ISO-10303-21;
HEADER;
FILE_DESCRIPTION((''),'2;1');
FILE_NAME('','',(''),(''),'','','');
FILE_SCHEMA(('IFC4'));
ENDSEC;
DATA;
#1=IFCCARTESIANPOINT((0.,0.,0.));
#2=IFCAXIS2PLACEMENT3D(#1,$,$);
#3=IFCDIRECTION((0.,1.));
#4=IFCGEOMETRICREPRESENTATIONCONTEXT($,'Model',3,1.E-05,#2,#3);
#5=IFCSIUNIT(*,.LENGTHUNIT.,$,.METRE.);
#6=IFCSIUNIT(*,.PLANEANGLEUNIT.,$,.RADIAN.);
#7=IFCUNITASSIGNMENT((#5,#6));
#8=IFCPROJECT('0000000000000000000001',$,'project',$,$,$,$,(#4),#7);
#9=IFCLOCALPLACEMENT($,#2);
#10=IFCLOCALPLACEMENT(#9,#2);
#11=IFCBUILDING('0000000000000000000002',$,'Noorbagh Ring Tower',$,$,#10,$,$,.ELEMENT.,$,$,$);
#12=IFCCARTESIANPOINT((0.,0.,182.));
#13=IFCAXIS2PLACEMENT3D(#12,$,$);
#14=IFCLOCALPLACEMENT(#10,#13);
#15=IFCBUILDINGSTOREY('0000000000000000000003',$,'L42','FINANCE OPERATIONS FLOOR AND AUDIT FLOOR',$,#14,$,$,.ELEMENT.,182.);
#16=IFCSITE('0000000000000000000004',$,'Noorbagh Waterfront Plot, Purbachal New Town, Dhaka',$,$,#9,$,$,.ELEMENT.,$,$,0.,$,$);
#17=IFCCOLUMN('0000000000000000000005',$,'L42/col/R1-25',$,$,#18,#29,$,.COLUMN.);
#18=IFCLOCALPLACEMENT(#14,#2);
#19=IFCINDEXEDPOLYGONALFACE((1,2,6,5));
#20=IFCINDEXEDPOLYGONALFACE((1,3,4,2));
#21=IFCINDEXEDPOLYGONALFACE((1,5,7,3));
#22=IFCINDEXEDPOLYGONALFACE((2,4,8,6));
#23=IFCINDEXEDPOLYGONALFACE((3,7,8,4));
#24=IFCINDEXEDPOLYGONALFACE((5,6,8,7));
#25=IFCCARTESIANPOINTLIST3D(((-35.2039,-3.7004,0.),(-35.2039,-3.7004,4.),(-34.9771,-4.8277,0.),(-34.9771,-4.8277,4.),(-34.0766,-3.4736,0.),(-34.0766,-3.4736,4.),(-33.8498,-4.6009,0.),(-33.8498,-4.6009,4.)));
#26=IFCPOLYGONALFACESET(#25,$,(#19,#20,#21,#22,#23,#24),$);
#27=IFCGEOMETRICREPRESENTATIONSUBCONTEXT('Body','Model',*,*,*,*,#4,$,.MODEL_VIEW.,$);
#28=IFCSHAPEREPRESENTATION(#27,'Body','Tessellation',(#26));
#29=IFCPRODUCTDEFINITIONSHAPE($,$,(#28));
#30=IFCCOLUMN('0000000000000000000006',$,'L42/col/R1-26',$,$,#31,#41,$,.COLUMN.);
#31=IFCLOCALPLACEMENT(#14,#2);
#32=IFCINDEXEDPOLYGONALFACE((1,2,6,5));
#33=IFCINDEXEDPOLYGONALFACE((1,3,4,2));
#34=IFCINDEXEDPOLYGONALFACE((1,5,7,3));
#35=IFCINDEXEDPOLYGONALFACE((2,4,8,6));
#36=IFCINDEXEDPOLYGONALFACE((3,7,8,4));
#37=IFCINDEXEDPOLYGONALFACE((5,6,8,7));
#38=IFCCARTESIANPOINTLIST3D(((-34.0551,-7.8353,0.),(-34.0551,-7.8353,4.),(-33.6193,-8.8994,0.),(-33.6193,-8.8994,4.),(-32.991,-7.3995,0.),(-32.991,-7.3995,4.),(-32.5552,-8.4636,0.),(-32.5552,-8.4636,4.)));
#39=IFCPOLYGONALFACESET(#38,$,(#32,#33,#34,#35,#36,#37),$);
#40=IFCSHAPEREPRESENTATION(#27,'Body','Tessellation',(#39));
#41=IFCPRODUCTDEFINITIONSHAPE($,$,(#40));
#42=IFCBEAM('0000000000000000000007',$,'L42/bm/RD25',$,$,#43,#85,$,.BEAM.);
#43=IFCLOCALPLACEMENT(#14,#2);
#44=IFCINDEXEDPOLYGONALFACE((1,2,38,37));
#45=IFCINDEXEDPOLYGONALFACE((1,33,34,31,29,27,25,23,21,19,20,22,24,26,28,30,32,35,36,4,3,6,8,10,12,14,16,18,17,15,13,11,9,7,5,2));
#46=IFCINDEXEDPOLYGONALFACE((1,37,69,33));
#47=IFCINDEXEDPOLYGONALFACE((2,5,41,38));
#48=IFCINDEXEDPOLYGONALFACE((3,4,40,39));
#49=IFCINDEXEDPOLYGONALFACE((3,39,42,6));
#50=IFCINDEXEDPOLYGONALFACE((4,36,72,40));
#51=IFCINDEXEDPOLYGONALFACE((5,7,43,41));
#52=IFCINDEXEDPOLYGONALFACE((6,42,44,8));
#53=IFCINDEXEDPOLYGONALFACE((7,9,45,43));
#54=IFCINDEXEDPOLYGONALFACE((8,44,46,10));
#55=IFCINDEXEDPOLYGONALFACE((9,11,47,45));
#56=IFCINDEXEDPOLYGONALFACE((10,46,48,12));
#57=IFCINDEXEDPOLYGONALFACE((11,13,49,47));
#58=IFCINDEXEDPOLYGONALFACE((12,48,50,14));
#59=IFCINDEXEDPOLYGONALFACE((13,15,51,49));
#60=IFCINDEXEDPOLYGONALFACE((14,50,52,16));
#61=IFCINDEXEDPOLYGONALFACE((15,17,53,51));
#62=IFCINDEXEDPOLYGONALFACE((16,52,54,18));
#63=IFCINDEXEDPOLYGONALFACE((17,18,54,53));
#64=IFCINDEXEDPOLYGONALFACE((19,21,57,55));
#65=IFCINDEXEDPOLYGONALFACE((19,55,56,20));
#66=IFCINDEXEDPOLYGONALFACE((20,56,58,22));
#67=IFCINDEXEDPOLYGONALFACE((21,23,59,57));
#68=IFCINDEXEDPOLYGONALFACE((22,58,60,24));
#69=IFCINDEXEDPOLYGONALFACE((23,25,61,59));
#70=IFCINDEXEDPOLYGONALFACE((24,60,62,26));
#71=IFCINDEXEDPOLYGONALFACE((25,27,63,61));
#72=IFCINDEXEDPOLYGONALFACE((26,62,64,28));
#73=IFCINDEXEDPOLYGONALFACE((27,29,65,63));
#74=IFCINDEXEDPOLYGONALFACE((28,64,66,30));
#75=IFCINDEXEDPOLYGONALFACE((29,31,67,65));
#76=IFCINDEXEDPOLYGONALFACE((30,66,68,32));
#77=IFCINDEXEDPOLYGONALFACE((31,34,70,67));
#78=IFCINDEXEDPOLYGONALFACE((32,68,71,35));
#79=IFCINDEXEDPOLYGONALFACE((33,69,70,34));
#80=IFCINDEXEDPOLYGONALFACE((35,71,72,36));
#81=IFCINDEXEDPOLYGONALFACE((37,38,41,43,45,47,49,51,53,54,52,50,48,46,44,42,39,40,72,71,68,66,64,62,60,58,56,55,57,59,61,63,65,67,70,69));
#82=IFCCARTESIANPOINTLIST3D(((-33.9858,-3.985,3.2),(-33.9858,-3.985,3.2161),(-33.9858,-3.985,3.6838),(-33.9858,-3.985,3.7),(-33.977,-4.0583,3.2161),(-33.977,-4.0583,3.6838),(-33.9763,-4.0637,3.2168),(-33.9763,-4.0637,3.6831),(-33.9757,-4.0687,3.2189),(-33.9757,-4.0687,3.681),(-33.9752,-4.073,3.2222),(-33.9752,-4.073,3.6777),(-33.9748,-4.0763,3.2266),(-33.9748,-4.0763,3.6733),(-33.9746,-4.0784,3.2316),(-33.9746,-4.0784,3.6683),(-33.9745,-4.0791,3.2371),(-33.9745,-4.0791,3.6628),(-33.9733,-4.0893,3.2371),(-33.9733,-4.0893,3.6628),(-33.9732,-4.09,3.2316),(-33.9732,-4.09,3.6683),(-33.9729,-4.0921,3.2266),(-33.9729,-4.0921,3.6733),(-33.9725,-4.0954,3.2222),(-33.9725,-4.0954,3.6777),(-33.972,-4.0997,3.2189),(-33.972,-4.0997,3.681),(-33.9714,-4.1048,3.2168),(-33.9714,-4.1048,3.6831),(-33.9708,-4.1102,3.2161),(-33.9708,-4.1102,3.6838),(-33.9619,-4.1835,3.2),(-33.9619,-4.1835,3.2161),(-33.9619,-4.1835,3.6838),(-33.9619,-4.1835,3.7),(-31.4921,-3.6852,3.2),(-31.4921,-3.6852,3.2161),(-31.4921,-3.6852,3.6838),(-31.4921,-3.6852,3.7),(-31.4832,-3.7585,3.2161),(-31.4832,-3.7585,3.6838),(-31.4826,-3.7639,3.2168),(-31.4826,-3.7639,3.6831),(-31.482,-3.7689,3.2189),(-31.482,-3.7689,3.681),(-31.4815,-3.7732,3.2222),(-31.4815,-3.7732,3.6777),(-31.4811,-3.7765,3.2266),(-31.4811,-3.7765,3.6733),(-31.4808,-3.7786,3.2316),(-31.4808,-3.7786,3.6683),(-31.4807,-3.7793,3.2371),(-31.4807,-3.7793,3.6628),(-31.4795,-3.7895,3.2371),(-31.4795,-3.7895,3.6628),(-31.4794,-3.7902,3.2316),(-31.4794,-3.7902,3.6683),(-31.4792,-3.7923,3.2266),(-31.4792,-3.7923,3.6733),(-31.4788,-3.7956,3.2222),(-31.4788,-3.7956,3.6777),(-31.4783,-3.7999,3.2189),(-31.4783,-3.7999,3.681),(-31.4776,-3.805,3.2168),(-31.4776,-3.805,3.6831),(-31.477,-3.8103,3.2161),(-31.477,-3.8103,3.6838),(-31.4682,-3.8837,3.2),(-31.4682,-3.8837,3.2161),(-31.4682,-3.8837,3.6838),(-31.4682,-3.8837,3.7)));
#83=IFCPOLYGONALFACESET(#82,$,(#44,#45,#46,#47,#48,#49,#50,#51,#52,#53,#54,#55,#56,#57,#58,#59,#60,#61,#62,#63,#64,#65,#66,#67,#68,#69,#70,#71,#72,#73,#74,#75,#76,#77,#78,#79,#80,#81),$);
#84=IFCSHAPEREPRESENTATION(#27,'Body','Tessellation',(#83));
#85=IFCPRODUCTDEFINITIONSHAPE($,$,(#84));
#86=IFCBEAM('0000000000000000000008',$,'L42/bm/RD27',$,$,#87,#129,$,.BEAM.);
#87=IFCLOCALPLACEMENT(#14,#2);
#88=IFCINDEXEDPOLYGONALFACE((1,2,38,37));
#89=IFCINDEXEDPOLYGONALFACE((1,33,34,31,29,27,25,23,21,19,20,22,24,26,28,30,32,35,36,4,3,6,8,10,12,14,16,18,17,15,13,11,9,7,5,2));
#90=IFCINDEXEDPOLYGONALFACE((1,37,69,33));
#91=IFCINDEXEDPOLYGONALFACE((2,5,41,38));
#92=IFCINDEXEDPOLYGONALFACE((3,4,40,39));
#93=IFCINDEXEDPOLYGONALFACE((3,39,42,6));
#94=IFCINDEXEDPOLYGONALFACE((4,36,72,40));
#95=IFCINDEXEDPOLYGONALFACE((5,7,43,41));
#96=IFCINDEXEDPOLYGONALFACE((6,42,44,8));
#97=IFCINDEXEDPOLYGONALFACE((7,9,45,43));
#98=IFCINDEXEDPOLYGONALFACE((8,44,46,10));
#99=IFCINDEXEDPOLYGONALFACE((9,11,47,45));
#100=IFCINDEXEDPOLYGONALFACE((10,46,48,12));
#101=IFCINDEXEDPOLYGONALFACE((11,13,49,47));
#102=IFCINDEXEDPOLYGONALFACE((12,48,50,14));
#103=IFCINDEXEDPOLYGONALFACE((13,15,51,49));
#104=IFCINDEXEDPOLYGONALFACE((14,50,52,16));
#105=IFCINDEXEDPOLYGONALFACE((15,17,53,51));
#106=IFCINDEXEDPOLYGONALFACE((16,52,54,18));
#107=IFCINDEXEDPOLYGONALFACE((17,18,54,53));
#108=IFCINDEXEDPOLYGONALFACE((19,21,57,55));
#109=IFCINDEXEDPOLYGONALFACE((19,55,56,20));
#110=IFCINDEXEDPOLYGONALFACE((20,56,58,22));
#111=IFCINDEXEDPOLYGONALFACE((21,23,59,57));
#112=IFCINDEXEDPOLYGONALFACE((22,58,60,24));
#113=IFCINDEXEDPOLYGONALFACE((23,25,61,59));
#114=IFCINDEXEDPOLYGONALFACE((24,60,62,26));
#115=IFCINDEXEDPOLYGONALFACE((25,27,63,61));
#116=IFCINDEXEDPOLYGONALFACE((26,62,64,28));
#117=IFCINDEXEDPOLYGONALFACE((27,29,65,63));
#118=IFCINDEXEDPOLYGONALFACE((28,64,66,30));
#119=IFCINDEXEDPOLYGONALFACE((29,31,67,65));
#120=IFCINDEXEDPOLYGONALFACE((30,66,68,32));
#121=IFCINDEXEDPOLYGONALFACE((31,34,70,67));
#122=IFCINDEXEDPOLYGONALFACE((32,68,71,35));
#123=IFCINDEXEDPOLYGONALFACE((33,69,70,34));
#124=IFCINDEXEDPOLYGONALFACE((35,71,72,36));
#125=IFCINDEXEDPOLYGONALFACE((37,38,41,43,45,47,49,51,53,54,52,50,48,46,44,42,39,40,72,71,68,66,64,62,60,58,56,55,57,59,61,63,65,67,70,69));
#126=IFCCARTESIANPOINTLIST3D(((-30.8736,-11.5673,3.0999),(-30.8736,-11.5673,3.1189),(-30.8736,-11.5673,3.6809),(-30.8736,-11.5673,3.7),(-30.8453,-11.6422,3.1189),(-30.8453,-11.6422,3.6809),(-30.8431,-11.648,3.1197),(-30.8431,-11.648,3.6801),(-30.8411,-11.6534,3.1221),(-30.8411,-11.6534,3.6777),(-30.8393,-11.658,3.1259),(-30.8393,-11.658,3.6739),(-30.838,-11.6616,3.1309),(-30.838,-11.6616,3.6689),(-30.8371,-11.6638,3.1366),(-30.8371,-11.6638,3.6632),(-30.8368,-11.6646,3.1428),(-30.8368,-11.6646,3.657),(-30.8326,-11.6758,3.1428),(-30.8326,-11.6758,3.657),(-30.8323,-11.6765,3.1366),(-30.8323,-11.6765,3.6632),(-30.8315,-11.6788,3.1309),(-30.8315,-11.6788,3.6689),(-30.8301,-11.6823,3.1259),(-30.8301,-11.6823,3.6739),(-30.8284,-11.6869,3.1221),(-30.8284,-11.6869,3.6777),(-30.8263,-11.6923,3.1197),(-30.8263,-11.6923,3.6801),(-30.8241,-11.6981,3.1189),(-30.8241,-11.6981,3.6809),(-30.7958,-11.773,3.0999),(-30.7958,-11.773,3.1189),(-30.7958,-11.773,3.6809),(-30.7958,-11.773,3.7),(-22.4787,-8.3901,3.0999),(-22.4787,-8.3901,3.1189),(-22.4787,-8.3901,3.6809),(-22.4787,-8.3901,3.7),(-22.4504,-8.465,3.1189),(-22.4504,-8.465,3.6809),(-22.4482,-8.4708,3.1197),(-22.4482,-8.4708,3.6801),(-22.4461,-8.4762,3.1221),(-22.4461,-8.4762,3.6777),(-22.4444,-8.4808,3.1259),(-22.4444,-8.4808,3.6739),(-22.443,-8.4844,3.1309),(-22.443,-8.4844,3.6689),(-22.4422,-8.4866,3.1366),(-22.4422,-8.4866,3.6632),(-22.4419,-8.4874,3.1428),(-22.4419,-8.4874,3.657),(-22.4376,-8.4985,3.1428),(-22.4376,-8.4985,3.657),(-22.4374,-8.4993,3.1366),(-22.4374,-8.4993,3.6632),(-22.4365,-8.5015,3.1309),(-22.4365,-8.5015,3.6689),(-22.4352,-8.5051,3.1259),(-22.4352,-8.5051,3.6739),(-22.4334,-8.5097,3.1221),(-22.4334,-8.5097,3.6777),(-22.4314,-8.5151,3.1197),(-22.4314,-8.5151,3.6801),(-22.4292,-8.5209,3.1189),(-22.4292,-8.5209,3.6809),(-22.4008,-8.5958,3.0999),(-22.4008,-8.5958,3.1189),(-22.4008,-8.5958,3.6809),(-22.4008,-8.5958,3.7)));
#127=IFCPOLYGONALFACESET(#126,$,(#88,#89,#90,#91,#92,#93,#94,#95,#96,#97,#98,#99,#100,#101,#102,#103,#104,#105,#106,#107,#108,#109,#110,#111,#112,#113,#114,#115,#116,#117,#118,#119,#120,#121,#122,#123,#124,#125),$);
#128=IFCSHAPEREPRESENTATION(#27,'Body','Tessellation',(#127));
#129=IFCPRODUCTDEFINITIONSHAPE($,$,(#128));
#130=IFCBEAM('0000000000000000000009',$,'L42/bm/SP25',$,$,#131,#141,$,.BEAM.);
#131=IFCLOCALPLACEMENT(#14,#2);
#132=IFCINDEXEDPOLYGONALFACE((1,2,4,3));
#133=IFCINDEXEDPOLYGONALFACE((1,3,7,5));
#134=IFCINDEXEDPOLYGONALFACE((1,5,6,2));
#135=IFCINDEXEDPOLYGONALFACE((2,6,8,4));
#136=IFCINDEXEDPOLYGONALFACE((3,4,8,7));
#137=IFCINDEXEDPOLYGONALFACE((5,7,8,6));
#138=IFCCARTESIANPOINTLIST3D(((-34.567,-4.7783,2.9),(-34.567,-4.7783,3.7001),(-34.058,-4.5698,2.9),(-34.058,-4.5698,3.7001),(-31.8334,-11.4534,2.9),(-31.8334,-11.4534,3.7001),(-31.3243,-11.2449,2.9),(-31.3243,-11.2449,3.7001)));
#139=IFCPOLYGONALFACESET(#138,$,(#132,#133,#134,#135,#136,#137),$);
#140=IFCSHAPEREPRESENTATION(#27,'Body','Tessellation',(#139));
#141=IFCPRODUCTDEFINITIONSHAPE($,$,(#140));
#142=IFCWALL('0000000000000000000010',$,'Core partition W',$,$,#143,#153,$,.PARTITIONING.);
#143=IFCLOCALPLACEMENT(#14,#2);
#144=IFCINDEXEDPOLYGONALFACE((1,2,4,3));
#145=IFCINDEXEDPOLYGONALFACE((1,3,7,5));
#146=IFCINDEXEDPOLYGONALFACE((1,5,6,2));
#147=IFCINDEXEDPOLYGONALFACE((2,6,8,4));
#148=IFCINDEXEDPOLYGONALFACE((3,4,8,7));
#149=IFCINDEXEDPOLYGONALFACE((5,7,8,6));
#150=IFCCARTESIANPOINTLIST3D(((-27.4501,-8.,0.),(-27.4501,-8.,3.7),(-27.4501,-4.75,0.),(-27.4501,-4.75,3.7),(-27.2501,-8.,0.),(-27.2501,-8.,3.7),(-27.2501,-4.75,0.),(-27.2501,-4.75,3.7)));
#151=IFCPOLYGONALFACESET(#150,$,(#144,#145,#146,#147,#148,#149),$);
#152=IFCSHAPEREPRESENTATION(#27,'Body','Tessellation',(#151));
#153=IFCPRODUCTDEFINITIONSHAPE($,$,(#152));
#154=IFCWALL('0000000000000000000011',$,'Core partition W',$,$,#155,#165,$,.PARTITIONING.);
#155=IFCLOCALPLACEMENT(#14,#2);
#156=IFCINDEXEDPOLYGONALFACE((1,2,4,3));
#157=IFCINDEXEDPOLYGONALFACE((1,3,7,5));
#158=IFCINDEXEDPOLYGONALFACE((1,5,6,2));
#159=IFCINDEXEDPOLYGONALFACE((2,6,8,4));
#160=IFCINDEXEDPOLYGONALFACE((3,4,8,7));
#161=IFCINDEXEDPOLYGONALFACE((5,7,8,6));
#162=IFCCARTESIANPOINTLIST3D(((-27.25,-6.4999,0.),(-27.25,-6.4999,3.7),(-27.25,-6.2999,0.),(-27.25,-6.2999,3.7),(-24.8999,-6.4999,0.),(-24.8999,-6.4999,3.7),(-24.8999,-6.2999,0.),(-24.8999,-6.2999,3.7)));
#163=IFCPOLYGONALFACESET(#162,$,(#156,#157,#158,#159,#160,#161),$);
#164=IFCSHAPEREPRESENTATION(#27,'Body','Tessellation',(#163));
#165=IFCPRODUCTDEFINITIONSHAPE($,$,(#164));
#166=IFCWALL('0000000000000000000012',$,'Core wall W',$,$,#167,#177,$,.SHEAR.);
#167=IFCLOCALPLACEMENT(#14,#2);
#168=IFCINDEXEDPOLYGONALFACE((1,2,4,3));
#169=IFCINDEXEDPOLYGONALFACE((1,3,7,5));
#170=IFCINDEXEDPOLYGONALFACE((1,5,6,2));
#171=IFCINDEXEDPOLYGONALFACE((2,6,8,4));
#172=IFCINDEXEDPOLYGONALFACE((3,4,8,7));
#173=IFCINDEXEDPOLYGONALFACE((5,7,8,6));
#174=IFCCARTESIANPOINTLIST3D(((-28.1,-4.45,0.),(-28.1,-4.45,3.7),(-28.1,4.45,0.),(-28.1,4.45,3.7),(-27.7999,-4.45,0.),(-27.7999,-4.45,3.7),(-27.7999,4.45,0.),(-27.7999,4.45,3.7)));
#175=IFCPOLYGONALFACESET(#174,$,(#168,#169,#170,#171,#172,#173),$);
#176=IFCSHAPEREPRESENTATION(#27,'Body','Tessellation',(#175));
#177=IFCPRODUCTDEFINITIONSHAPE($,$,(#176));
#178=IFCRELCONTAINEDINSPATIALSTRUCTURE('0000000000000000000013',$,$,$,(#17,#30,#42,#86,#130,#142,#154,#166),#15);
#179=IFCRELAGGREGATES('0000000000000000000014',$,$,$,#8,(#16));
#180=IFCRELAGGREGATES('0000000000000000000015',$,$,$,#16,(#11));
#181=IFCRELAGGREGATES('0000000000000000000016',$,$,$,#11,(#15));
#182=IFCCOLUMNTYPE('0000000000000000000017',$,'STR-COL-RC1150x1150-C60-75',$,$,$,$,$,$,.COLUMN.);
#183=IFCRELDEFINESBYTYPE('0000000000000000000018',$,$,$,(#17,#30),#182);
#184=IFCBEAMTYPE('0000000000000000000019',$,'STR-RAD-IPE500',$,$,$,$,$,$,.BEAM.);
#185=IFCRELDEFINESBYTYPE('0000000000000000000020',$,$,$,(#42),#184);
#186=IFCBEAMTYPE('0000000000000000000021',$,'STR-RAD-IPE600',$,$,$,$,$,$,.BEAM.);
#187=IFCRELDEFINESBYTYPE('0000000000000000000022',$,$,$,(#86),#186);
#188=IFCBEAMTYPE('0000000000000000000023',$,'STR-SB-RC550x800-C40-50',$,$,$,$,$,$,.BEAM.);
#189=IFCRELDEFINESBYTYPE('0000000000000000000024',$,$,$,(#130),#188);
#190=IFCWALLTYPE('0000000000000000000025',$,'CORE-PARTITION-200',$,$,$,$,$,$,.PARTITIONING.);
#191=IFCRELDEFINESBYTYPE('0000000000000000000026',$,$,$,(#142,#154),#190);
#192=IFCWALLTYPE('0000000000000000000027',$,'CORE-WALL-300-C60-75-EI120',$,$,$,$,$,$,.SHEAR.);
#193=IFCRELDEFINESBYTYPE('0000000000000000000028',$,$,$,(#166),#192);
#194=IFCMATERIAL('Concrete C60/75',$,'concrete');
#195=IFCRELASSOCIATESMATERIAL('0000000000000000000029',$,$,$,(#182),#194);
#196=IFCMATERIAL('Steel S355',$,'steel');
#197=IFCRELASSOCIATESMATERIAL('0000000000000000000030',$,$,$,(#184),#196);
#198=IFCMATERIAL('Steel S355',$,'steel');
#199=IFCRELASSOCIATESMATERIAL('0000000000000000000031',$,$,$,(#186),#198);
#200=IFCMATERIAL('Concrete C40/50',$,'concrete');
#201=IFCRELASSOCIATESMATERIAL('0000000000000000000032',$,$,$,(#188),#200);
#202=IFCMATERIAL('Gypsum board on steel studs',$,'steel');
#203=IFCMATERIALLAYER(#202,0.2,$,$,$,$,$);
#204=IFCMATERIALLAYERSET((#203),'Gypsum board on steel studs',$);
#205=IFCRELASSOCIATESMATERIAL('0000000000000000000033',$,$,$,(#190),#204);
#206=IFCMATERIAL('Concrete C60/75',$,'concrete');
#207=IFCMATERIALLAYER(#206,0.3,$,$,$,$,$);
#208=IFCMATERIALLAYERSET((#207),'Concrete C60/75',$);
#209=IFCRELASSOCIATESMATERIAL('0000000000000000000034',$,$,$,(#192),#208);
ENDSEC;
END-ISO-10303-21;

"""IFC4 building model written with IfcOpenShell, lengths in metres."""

from ifc_helpers import new_model, si_unit, direction, frame, frame_2d, origin, origin_2d, place, context, subcontext, project, spatial, rectangle, i_section, extrude, material, layer, layer_set, material_profile, profile_set, type_object, element, save


model = new_model("IFC4")

# Units and contexts
model_context = context("Model", 3, precision=1e-05, world=origin(), true_north=direction((0.0, 1.0)))
body_context = subcontext(model_context, "Body", "Model", "MODEL_VIEW")
ifc_project = project(units=[si_unit("LENGTHUNIT", "METRE"), si_unit("PLANEANGLEUNIT", "RADIAN")], contexts=[model_context])

# Site, building, storey
site_placement = place(None, origin())
site = spatial("IfcSite", under=ifc_project, at=site_placement, Name="Noorbagh Waterfront Plot, Purbachal New Town, Dhaka", CompositionType="ELEMENT", RefElevation=0.0)
building_placement = place(site_placement, origin())
building = spatial("IfcBuilding", under=site, at=building_placement, Name="Noorbagh Ring Tower", CompositionType="ELEMENT")
storey_placement = place(building_placement, frame((0.0, 0.0, 182.0)))
storey = spatial("IfcBuildingStorey", under=building, at=storey_placement, Name="L42", Description="FINANCE OPERATIONS FLOOR AND AUDIT FLOOR", CompositionType="ELEMENT", Elevation=182.0)

# Columns
ifc_material_1 = material(Name="Concrete C60/75", Category="concrete")
ifc_material_profile_1 = material_profile(ifc_material_1, rectangle(XDim=1.1499, YDim=1.1499, at=origin_2d()), Name="RC1150x1150")
ifc_profile_set_1 = profile_set([ifc_material_profile_1], Name="Concrete C60/75")
column_type = type_object("IfcColumnType", Name="STR-COL-RC1150x1150-C60-75", PredefinedType="COLUMN", material=ifc_profile_set_1)
for number, where, z_axis, x_axis, name in (
    (1, (-34.5269, -4.1506, 0.0), (0.0, 0.0, 1.0), (0.19723, -0.980357, 0.0), "L42/col/R1-25"),
    (2, (-33.3052, -8.1494, 0.0), (0.0, 0.0, 1.0), (0.378989, -0.925401, 0.0), "L42/col/R1-26"),
):
    element("IfcColumn", number, at=place(storey_placement, frame(where, z_axis=z_axis, x_axis=x_axis)), inside=storey, type_object=column_type, Name=name, PredefinedType="COLUMN", context=body_context, shape_type="SweptSolid", body=[
        extrude(rectangle(XDim=1.1499, YDim=1.1499, at=origin_2d()), origin(), (0.0, 0.0, 1.0), 4.0),
    ])

# Beams
ifc_material_2 = material(Name="Steel S355", Category="steel")
ifc_material_profile_2 = material_profile(ifc_material_2, i_section(OverallWidth=0.2, OverallDepth=0.5, WebThickness=0.0103, FlangeThickness=0.0161, FilletRadius=0.021, at=origin_2d()), Name="IPE500")
ifc_profile_set_2 = profile_set([ifc_material_profile_2], Name="Steel S355")
beam_type_1 = type_object("IfcBeamType", Name="STR-RAD-IPE500", PredefinedType="BEAM", material=ifc_profile_set_2)
beam_1_placement = place(storey_placement, frame((-33.9739, -4.0842, 3.45), z_axis=(0.99285, 0.119368, 0.0), x_axis=(-0.119368, 0.99285, 0.0)))
element("IfcBeam", 3, at=beam_1_placement, inside=storey, type_object=beam_type_1, Name="L42/bm/RD25", PredefinedType="BEAM", context=body_context, shape_type="SweptSolid", body=[
    extrude(i_section(OverallWidth=0.2, OverallDepth=0.5, WebThickness=0.0103, FlangeThickness=0.0161, FilletRadius=0.021, at=origin_2d()), origin(), (0.0, 0.0, 1.0), 2.5117),
])
ifc_material_3 = material(Name="Steel S355", Category="steel")
ifc_material_profile_3 = material_profile(ifc_material_3, i_section(OverallWidth=0.22, OverallDepth=0.6001, WebThickness=0.012, FlangeThickness=0.019, FilletRadius=0.0239, at=origin_2d()), Name="IPE600")
ifc_profile_set_3 = profile_set([ifc_material_profile_3], Name="Steel S355")
beam_type_2 = type_object("IfcBeamType", Name="STR-RAD-IPE600", PredefinedType="BEAM", material=ifc_profile_set_3)
beam_2_placement = place(storey_placement, frame((-30.8347, -11.6702, 3.3999), z_axis=(0.935259, 0.353965, 0.0), x_axis=(-0.353965, 0.935259, 0.0)))
element("IfcBeam", 4, at=beam_2_placement, inside=storey, type_object=beam_type_2, Name="L42/bm/RD27", PredefinedType="BEAM", context=body_context, shape_type="SweptSolid", body=[
    extrude(i_section(OverallWidth=0.22, OverallDepth=0.6001, WebThickness=0.012, FlangeThickness=0.019, FilletRadius=0.0239, at=origin_2d()), origin(), (0.0, 0.0, 1.0), 8.9761),
])
ifc_material_4 = material(Name="Concrete C40/50", Category="concrete")
ifc_material_profile_4 = material_profile(ifc_material_4, rectangle(XDim=0.55, YDim=0.8, at=origin_2d()), Name="RC550x800")
ifc_profile_set_4 = profile_set([ifc_material_profile_4], Name="Concrete C40/50")
beam_type_3 = type_object("IfcBeamType", Name="STR-SB-RC550x800-C40-50", PredefinedType="BEAM", material=ifc_profile_set_4)
beam_3_placement = place(storey_placement, frame((-34.3125, -4.6741, 3.3), z_axis=(0.378982, -0.925404, 0.0), x_axis=(0.925404, 0.378982, 0.0)))
element("IfcBeam", 5, at=beam_3_placement, inside=storey, type_object=beam_type_3, Name="L42/bm/SP25", PredefinedType="BEAM", context=body_context, shape_type="SweptSolid", body=[
    extrude(rectangle(XDim=0.55, YDim=0.8, at=origin_2d()), origin(), (0.0, 0.0, 1.0), 7.2131),
])

# Walls
ifc_material_5 = material(Name="Gypsum board on steel studs", Category="steel")
ifc_layer_1 = layer(ifc_material_5, 0.2)
ifc_layer_set_1 = layer_set([ifc_layer_1], Name="Gypsum board on steel studs")
wall_type_1 = type_object("IfcWallType", Name="CORE-PARTITION-200", PredefinedType="PARTITIONING", material=ifc_layer_set_1)
wall_1_placement = place(storey_placement, frame((-27.3501, -8.0, 0.0), z_axis=(0.0, 0.0, 1.0), x_axis=(0.0, 1.0, 0.0)))
element("IfcWall", 6, at=wall_1_placement, inside=storey, type_object=wall_type_1, Name="Core partition W", PredefinedType="PARTITIONING", context=body_context, shape_type="SweptSolid", body=[
    extrude(rectangle(XDim=3.25, YDim=0.2, at=frame_2d((1.625, 0.0))), origin(), (0.0, 0.0, 1.0), 3.7),
])
wall_2_placement = place(storey_placement, frame((-24.8999, -6.3999, 0.0), z_axis=(0.0, 0.0, 1.0), x_axis=(-1.0, 0.0, 0.0)))
element("IfcWall", 7, at=wall_2_placement, inside=storey, type_object=wall_type_1, Name="Core partition W", PredefinedType="PARTITIONING", context=body_context, shape_type="SweptSolid", body=[
    extrude(rectangle(XDim=2.3501, YDim=0.2, at=frame_2d((1.175, 0.0))), origin(), (0.0, 0.0, 1.0), 3.7),
])
ifc_material_6 = material(Name="Concrete C60/75", Category="concrete")
ifc_layer_2 = layer(ifc_material_6, 0.3)
ifc_layer_set_2 = layer_set([ifc_layer_2], Name="Concrete C60/75")
wall_type_2 = type_object("IfcWallType", Name="CORE-WALL-300-C60-75-EI120", PredefinedType="SHEAR", material=ifc_layer_set_2)
wall_3_placement = place(storey_placement, frame((-27.95, -4.45, 0.0), z_axis=(0.0, 0.0, 1.0), x_axis=(0.0, 1.0, 0.0)))
element("IfcWall", 8, at=wall_3_placement, inside=storey, type_object=wall_type_2, Name="Core wall W", PredefinedType="SHEAR", context=body_context, shape_type="SweptSolid", body=[
    extrude(rectangle(XDim=8.8999, YDim=0.3, at=frame_2d((4.45, 0.0))), origin(), (0.0, 0.0, 1.0), 3.7),
])

save(model, "model.ifc")
